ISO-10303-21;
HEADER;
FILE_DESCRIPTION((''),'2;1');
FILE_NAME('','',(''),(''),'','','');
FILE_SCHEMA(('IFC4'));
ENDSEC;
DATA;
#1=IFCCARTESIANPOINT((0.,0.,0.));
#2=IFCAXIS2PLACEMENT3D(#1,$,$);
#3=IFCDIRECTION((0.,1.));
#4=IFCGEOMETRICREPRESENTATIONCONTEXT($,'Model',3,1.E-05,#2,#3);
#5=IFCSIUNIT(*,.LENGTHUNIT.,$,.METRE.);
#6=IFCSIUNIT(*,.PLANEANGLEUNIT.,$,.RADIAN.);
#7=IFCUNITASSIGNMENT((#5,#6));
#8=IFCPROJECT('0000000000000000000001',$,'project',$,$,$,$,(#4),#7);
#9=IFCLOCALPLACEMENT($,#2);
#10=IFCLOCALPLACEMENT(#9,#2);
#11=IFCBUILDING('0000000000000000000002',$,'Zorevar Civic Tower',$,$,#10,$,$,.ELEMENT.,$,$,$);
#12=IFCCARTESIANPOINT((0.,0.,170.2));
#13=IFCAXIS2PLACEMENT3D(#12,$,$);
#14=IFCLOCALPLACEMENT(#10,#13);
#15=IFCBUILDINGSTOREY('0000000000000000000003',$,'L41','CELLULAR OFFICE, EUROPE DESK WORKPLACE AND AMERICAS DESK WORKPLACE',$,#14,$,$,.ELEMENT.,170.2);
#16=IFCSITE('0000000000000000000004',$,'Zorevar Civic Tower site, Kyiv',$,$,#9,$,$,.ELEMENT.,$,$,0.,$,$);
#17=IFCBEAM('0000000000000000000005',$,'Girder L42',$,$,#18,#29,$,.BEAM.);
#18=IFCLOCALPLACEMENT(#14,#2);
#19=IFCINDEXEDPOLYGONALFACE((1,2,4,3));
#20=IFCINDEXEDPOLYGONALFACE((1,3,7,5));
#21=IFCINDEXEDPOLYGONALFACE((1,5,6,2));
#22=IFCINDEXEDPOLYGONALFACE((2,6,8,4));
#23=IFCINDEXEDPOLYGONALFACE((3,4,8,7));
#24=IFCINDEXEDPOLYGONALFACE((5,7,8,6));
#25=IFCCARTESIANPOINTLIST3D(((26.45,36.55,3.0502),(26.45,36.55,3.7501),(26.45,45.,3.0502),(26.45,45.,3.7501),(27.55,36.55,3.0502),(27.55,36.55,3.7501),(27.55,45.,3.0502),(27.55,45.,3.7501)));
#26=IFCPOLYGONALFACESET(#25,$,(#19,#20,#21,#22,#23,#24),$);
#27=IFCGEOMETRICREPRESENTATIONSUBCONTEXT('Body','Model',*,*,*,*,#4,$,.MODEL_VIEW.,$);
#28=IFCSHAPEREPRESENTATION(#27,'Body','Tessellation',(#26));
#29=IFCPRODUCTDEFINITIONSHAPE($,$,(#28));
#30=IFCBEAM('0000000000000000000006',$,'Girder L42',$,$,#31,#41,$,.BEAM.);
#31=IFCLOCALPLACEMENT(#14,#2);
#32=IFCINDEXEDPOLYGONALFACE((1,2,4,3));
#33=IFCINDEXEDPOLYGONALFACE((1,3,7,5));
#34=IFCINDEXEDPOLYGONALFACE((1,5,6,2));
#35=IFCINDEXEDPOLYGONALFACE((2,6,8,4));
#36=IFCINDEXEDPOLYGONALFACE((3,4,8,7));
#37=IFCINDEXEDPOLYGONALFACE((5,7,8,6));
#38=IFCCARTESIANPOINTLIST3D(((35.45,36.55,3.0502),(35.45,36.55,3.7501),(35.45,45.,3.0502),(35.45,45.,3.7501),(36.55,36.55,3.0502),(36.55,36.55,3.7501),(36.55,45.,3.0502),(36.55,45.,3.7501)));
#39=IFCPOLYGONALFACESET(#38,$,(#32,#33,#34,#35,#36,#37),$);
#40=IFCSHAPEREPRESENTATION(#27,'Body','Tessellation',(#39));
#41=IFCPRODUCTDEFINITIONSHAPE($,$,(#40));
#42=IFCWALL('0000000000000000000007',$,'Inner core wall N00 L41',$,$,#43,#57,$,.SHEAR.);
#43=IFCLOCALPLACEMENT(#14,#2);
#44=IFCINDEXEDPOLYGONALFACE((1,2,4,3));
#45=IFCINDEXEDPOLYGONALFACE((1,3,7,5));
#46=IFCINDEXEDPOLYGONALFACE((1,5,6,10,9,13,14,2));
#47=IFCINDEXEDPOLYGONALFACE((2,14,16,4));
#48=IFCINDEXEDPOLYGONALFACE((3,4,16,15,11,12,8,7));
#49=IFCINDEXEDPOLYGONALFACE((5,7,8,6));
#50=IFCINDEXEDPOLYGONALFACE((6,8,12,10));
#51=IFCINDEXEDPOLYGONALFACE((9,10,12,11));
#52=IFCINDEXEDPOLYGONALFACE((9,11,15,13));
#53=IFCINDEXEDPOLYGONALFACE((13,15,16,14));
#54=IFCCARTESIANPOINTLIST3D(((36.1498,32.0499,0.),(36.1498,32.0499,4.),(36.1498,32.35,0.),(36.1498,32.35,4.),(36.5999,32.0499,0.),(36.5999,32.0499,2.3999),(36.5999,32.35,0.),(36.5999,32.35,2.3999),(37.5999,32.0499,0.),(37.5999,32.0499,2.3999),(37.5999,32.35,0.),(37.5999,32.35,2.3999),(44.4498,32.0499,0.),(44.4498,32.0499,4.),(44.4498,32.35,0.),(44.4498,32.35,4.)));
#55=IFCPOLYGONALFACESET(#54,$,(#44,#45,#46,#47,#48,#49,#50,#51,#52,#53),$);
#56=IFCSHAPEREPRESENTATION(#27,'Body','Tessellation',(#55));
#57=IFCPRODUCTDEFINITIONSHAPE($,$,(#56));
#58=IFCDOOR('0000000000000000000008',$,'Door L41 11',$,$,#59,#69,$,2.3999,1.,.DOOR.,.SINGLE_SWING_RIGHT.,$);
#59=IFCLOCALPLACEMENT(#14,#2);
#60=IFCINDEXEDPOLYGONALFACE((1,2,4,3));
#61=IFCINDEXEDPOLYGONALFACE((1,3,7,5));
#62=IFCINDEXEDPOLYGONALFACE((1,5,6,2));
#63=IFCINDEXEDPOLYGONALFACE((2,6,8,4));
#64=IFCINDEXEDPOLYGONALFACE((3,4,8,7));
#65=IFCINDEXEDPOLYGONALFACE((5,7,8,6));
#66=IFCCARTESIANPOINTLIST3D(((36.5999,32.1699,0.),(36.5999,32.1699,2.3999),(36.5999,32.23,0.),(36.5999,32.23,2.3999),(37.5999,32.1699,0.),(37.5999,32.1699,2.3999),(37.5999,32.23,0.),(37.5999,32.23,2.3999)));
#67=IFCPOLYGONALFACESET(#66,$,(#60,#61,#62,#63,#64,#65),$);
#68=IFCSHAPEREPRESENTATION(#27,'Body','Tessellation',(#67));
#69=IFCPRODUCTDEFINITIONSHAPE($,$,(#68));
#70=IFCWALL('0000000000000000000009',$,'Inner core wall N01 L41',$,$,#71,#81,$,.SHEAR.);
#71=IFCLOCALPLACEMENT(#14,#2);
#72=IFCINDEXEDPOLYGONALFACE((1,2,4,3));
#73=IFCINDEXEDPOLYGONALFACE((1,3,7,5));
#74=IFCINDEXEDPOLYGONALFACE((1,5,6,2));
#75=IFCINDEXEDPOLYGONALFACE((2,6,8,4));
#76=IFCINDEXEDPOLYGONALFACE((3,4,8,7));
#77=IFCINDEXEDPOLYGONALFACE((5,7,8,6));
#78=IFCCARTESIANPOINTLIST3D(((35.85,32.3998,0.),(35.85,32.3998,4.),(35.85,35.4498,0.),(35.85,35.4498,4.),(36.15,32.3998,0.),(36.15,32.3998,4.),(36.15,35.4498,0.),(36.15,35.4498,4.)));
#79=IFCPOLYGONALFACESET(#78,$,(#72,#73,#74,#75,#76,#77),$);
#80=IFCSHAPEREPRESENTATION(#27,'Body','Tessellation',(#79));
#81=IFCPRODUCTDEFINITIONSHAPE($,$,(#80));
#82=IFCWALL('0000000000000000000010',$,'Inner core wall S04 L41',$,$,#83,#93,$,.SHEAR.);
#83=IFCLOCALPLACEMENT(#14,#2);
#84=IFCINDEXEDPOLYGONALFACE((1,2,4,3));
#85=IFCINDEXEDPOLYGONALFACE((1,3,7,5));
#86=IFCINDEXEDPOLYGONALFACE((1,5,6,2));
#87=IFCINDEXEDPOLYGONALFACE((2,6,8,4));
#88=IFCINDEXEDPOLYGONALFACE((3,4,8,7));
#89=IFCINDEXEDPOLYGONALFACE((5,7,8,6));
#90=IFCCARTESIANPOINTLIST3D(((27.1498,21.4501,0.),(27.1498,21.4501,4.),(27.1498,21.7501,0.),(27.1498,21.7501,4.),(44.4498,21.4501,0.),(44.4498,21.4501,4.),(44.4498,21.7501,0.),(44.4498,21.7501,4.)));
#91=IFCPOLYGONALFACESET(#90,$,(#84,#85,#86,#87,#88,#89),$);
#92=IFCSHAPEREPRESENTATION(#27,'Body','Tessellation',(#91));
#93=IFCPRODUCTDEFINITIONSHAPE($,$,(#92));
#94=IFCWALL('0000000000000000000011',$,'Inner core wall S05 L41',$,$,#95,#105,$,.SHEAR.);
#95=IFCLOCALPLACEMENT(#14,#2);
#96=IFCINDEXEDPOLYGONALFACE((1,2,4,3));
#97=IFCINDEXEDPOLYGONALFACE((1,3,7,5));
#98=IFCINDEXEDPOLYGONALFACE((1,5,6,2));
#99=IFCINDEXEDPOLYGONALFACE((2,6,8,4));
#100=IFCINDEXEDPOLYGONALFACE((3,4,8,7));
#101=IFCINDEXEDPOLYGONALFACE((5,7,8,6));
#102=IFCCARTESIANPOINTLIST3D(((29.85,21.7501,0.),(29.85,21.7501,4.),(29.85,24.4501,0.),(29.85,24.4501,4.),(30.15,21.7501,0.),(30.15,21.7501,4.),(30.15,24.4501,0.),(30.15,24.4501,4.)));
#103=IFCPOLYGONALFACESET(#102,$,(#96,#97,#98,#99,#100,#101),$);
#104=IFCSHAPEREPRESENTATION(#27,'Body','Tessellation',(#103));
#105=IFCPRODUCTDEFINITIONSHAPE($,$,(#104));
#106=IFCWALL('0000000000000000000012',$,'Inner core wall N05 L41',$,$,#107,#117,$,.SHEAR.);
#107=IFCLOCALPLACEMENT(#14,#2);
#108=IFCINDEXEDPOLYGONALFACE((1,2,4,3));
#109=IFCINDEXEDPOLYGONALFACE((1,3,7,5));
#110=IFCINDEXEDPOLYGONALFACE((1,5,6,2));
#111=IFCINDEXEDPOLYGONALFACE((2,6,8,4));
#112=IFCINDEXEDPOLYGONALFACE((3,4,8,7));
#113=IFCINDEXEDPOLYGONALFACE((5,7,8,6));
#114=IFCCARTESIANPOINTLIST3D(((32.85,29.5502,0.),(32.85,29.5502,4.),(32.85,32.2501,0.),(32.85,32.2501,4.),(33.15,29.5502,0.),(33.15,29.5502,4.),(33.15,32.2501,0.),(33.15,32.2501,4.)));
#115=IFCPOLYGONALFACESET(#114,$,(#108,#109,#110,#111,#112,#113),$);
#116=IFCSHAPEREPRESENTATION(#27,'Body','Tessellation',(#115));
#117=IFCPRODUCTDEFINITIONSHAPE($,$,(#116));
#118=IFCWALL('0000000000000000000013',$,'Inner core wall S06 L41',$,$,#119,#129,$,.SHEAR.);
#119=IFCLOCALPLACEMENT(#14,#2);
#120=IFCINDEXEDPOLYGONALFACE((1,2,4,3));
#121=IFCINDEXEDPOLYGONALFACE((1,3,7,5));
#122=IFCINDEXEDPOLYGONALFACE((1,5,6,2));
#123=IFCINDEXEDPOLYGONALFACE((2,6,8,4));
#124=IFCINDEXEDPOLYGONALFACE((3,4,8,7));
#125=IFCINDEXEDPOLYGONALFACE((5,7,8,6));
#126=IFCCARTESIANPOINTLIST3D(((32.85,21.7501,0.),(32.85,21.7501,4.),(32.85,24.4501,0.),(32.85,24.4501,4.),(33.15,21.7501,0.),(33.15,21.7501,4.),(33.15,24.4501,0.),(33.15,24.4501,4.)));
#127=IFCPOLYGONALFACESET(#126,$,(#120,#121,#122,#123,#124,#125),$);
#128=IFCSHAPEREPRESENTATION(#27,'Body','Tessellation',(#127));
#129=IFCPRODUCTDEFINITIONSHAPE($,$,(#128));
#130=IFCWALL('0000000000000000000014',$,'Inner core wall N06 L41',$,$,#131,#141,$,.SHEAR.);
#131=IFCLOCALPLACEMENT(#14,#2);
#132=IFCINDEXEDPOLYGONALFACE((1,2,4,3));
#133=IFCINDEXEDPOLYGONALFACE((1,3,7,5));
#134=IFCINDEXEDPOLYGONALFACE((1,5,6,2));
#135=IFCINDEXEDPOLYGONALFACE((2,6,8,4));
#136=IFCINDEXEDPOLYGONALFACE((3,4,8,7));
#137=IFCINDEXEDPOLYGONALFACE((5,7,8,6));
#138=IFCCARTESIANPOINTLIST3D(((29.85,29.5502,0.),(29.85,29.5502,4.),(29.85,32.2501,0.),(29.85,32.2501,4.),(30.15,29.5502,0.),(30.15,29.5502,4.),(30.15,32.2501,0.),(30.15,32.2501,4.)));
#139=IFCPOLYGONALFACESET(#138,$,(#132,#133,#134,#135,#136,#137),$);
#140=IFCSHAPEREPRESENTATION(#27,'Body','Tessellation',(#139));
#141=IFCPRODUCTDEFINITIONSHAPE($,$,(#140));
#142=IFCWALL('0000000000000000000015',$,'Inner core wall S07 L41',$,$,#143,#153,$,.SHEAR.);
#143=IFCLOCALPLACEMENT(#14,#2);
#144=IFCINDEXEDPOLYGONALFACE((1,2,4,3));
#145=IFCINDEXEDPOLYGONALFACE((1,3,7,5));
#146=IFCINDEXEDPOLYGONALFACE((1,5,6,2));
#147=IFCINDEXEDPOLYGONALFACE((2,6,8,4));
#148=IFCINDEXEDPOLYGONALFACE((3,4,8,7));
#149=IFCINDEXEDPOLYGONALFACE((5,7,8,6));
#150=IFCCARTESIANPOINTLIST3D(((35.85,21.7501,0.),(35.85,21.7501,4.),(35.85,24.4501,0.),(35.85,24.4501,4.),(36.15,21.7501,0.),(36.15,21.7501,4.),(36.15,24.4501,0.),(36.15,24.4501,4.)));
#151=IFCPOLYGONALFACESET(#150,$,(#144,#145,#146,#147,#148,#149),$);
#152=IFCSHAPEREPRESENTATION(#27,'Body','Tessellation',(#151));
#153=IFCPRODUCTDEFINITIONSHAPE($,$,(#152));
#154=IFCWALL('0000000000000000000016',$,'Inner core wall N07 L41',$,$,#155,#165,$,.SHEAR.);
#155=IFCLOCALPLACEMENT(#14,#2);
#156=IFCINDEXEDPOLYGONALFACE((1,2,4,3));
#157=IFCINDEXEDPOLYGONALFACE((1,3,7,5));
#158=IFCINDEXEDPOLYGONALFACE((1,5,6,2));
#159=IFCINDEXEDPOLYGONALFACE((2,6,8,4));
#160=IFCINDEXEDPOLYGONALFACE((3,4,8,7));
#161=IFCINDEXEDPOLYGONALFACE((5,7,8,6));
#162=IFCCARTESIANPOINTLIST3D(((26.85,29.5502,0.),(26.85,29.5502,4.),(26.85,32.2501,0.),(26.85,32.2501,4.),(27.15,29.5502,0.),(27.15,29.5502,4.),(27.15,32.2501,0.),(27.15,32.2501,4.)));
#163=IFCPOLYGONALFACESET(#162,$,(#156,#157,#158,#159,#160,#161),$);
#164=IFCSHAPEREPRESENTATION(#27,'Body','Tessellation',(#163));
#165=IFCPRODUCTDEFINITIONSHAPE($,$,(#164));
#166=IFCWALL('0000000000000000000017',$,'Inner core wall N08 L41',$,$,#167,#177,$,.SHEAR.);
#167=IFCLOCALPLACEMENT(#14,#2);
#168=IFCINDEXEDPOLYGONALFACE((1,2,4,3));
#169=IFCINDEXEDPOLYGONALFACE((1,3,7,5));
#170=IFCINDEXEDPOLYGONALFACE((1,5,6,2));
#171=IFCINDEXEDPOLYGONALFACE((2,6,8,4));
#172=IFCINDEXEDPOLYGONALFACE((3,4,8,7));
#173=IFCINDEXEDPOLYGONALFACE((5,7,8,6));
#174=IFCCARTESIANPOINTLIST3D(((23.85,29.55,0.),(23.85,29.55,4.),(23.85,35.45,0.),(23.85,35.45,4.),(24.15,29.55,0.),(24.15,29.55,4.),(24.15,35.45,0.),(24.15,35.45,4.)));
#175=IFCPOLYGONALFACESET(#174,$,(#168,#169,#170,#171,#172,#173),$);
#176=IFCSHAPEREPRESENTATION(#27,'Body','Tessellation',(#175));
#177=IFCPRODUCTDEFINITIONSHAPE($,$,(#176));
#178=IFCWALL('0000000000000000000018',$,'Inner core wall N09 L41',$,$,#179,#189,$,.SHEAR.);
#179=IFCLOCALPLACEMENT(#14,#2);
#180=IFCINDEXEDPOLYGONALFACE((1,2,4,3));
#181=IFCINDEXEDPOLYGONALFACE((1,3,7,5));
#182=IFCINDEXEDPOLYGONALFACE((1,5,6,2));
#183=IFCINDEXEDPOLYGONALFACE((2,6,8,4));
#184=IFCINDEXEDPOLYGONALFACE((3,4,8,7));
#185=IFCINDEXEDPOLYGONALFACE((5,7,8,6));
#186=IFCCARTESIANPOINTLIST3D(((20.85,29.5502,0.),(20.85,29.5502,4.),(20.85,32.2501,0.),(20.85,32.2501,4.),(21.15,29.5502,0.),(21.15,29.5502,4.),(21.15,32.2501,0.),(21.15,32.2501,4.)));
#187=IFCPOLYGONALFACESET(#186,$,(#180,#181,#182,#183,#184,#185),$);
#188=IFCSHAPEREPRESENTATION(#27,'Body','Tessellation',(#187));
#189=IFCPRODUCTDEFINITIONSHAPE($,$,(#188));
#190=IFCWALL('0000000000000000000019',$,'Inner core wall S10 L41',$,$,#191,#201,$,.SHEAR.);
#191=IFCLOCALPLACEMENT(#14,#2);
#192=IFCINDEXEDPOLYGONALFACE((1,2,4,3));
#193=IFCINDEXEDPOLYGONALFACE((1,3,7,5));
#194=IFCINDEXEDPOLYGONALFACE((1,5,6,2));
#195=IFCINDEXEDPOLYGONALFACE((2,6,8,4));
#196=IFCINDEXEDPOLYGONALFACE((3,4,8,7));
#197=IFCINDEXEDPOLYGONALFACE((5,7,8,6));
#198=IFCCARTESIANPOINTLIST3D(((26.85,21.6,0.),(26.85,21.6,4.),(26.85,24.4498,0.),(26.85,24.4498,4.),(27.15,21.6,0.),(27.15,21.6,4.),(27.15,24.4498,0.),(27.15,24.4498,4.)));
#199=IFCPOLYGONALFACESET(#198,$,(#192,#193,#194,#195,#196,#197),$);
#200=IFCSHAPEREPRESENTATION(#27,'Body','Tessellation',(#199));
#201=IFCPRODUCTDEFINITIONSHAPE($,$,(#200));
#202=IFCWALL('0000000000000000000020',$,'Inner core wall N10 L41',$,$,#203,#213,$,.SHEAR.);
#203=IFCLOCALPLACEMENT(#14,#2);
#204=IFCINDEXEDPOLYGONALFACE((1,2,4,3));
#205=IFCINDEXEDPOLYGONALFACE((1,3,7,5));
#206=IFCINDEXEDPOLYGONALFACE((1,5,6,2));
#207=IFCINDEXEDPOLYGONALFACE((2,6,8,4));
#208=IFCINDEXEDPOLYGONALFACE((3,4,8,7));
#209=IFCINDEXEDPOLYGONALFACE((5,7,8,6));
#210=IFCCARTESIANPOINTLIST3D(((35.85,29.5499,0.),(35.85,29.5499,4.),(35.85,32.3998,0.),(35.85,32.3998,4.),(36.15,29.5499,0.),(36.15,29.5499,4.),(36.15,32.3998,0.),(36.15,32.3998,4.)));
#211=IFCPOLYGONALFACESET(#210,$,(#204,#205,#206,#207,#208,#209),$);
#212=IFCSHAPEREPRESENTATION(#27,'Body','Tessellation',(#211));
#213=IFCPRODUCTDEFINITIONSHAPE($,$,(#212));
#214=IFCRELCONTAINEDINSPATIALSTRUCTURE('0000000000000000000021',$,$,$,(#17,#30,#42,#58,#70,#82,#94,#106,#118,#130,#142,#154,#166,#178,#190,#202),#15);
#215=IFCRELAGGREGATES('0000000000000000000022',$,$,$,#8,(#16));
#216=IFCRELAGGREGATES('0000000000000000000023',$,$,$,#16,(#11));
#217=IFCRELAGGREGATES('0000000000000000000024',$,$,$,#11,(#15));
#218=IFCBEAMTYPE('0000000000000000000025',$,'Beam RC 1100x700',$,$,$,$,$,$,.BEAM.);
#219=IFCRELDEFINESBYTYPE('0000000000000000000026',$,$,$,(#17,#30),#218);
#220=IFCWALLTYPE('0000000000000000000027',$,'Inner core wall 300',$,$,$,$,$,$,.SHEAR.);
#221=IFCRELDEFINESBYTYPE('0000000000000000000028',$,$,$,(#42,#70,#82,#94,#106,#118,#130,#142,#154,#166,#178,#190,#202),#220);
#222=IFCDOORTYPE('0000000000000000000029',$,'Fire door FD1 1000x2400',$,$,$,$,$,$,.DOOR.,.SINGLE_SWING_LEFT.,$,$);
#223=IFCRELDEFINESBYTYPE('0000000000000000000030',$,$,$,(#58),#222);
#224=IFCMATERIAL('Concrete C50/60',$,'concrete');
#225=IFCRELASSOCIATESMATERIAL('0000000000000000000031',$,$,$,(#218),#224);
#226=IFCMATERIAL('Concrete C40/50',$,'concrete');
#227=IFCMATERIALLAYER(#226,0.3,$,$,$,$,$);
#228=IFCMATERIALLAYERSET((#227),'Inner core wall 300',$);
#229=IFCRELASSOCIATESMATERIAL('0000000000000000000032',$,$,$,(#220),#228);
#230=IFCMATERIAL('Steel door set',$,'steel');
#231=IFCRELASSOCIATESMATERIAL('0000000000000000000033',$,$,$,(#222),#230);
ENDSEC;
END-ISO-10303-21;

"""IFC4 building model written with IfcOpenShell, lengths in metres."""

from ifc_helpers import new_model, si_unit, direction, frame, frame_2d, origin, origin_2d, place, context, subcontext, project, spatial, rectangle, extrude, material, layer, layer_set, material_profile, profile_set, type_object, element, fill, save


model = new_model("IFC4")

# Units and contexts
model_context = context("Model", 3, precision=1e-05, world=origin(), true_north=direction((0.0, 1.0)))
body_context = subcontext(model_context, "Body", "Model", "MODEL_VIEW")
ifc_project = project(units=[si_unit("LENGTHUNIT", "METRE"), si_unit("PLANEANGLEUNIT", "RADIAN")], contexts=[model_context])

# Site, building, storey
site_placement = place(None, origin())
site = spatial("IfcSite", under=ifc_project, at=site_placement, Name="Zorevar Civic Tower site, Kyiv", CompositionType="ELEMENT", RefElevation=0.0)
building_placement = place(site_placement, origin())
building = spatial("IfcBuilding", under=site, at=building_placement, Name="Zorevar Civic Tower", CompositionType="ELEMENT")
storey_placement = place(building_placement, frame((0.0, 0.0, 170.2)))
storey = spatial("IfcBuildingStorey", under=building, at=storey_placement, Name="L41", Description="CELLULAR OFFICE, EUROPE DESK WORKPLACE AND AMERICAS DESK WORKPLACE", CompositionType="ELEMENT", Elevation=170.2)

# Beams
ifc_material_1 = material(Name="Concrete C50/60", Category="concrete")
ifc_material_profile = material_profile(ifc_material_1, rectangle(XDim=1.1001, YDim=0.7, at=origin_2d()), Name="RC 1100x700")
ifc_profile_set = profile_set([ifc_material_profile], Name="Concrete C50/60")
beam_type = type_object("IfcBeamType", Name="Beam RC 1100x700", PredefinedType="BEAM", material=ifc_profile_set)
for number, where, z_axis, x_axis, name in (
    (1, (27.0, 36.55, 3.4001), (0.0, 1.0, 0.0), (-1.0, 0.0, 0.0), "Girder L42"),
    (2, (36.0, 36.55, 3.4001), (0.0, 1.0, 0.0), (-1.0, 0.0, 0.0), "Girder L42"),
):
    element("IfcBeam", number, at=place(storey_placement, frame(where, z_axis=z_axis, x_axis=x_axis)), inside=storey, type_object=beam_type, Name=name, PredefinedType="BEAM", context=body_context, shape_type="SweptSolid", body=[
        extrude(rectangle(XDim=1.1001, YDim=0.7, at=origin_2d()), origin(), (0.0, 0.0, 1.0), 8.45),
    ])

# Wall, opening, door
ifc_material_2 = material(Name="Concrete C40/50", Category="concrete")
ifc_layer_1 = layer(ifc_material_2, 0.3)
ifc_layer_set_1 = layer_set([ifc_layer_1], Name="Inner core wall 300")
wall_type_1 = type_object("IfcWallType", Name="Inner core wall 300", PredefinedType="SHEAR", material=ifc_layer_set_1)
wall_1_placement = place(storey_placement, frame((36.1499, 32.2, 0.0), z_axis=(0.0, 0.0, 1.0), x_axis=(1.0, 0.0, 0.0)))
wall_1 = element("IfcWall", 3, at=wall_1_placement, inside=storey, type_object=wall_type_1, Name="Inner core wall N00 L41", PredefinedType="SHEAR", context=body_context, shape_type="SweptSolid", body=[
    extrude(rectangle(XDim=8.3, YDim=0.3, at=frame_2d((4.1499, 0.0))), origin(), (0.0, 0.0, 1.0), 4.0),
])
opening_1_placement = place(wall_1_placement, frame((0.45, 0.0, 0.0)))
opening_1 = element("IfcOpeningElement", 4, at=opening_1_placement, cuts=wall_1, PredefinedType="OPENING", context=body_context, shape_type="SweptSolid", body=[
    extrude(rectangle(XDim=1.0, YDim=2.3999, at=frame_2d((0.5, 1.2))), frame((0.0, 0.1599, 0.0), z_axis=(0.0, -1.0, 0.0), x_axis=(1.0, 0.0, 0.0)), (0.0, 0.0, 1.0), 0.3201),
])
ifc_material_3 = material(Name="Steel door set", Category="steel")
door_type_1 = type_object("IfcDoorType", Name="Fire door FD1 1000x2400", OperationType="SINGLE_SWING_LEFT", PredefinedType="DOOR", material=ifc_material_3)
door_1_placement = place(opening_1_placement, origin())
door_1 = element("IfcDoor", 5, at=door_1_placement, inside=storey, type_object=door_type_1, Name="Door L41 11", OperationType="SINGLE_SWING_RIGHT", OverallHeight=2.3999, OverallWidth=1.0, PredefinedType="DOOR", context=body_context, shape_type="SweptSolid", body=[
    extrude(rectangle(XDim=1.0, YDim=2.3999, at=frame_2d((0.5, 1.2))), frame((0.0, 0.03, 0.0), z_axis=(0.0, -1.0, 0.0), x_axis=(1.0, 0.0, 0.0)), (0.0, 0.0, 1.0), 0.0601),
])
fill(opening_1, door_1)

# Wall
wall_2_placement = place(storey_placement, frame((36.0, 32.3999, 0.0), z_axis=(0.0, 0.0, 1.0), x_axis=(0.0, 1.0, 0.0)))
element("IfcWall", 6, at=wall_2_placement, inside=storey, type_object=wall_type_1, Name="Inner core wall N01 L41", PredefinedType="SHEAR", context=body_context, shape_type="SweptSolid", body=[
    extrude(rectangle(XDim=3.05, YDim=0.3, at=frame_2d((1.5249, 0.0))), origin(), (0.0, 0.0, 1.0), 4.0),
])

# Walls
wall_3_placement = place(storey_placement, frame((27.1499, 21.6001, 0.0), z_axis=(0.0, 0.0, 1.0), x_axis=(1.0, 0.0, 0.0)))
element("IfcWall", 7, at=wall_3_placement, inside=storey, type_object=wall_type_1, Name="Inner core wall S04 L41", PredefinedType="SHEAR", context=body_context, shape_type="SweptSolid", body=[
    extrude(rectangle(XDim=17.3, YDim=0.3, at=frame_2d((8.6499, 0.0))), origin(), (0.0, 0.0, 1.0), 4.0),
])
for number, where, z_axis, x_axis, name in (
    (8, (30.0, 21.75, 0.0), (0.0, 0.0, 1.0), (0.0, 1.0, 0.0), "Inner core wall S05 L41"),
    (9, (33.0, 29.55, 0.0), (0.0, 0.0, 1.0), (0.0, 1.0, 0.0), "Inner core wall N05 L41"),
    (10, (33.0, 21.75, 0.0), (0.0, 0.0, 1.0), (0.0, 1.0, 0.0), "Inner core wall S06 L41"),
    (11, (30.0, 29.55, 0.0), (0.0, 0.0, 1.0), (0.0, 1.0, 0.0), "Inner core wall N06 L41"),
    (12, (36.0, 21.75, 0.0), (0.0, 0.0, 1.0), (0.0, 1.0, 0.0), "Inner core wall S07 L41"),
    (13, (27.0, 29.55, 0.0), (0.0, 0.0, 1.0), (0.0, 1.0, 0.0), "Inner core wall N07 L41"),
):
    element("IfcWall", number, at=place(storey_placement, frame(where, z_axis=z_axis, x_axis=x_axis)), inside=storey, type_object=wall_type_1, Name=name, PredefinedType="SHEAR", context=body_context, shape_type="SweptSolid", body=[
        extrude(rectangle(XDim=2.7, YDim=0.3, at=frame_2d((1.3501, 0.0))), origin(), (0.0, 0.0, 1.0), 4.0),
    ])
wall_4_placement = place(storey_placement, frame((24.0, 29.55, 0.0), z_axis=(0.0, 0.0, 1.0), x_axis=(0.0, 1.0, 0.0)))
element("IfcWall", 14, at=wall_4_placement, inside=storey, type_object=wall_type_1, Name="Inner core wall N08 L41", PredefinedType="SHEAR", context=body_context, shape_type="SweptSolid", body=[
    extrude(rectangle(XDim=5.8999, YDim=0.3, at=frame_2d((2.95, 0.0))), origin(), (0.0, 0.0, 1.0), 4.0),
])
wall_5_placement = place(storey_placement, frame((21.0, 29.55, 0.0), z_axis=(0.0, 0.0, 1.0), x_axis=(0.0, 1.0, 0.0)))
element("IfcWall", 15, at=wall_5_placement, inside=storey, type_object=wall_type_1, Name="Inner core wall N09 L41", PredefinedType="SHEAR", context=body_context, shape_type="SweptSolid", body=[
    extrude(rectangle(XDim=2.7, YDim=0.3, at=frame_2d((1.3501, 0.0))), origin(), (0.0, 0.0, 1.0), 4.0),
])
for number, where, z_axis, x_axis, name in (
    (16, (27.0, 21.6001, 0.0), (0.0, 0.0, 1.0), (0.0, 1.0, 0.0), "Inner core wall S10 L41"),
    (17, (36.0, 29.55, 0.0), (0.0, 0.0, 1.0), (0.0, 1.0, 0.0), "Inner core wall N10 L41"),
):
    element("IfcWall", number, at=place(storey_placement, frame(where, z_axis=z_axis, x_axis=x_axis)), inside=storey, type_object=wall_type_1, Name=name, PredefinedType="SHEAR", context=body_context, shape_type="SweptSolid", body=[
        extrude(rectangle(XDim=2.8499, YDim=0.3, at=frame_2d((1.4248, 0.0))), origin(), (0.0, 0.0, 1.0), 4.0),
    ])

save(model, "model.ifc")
